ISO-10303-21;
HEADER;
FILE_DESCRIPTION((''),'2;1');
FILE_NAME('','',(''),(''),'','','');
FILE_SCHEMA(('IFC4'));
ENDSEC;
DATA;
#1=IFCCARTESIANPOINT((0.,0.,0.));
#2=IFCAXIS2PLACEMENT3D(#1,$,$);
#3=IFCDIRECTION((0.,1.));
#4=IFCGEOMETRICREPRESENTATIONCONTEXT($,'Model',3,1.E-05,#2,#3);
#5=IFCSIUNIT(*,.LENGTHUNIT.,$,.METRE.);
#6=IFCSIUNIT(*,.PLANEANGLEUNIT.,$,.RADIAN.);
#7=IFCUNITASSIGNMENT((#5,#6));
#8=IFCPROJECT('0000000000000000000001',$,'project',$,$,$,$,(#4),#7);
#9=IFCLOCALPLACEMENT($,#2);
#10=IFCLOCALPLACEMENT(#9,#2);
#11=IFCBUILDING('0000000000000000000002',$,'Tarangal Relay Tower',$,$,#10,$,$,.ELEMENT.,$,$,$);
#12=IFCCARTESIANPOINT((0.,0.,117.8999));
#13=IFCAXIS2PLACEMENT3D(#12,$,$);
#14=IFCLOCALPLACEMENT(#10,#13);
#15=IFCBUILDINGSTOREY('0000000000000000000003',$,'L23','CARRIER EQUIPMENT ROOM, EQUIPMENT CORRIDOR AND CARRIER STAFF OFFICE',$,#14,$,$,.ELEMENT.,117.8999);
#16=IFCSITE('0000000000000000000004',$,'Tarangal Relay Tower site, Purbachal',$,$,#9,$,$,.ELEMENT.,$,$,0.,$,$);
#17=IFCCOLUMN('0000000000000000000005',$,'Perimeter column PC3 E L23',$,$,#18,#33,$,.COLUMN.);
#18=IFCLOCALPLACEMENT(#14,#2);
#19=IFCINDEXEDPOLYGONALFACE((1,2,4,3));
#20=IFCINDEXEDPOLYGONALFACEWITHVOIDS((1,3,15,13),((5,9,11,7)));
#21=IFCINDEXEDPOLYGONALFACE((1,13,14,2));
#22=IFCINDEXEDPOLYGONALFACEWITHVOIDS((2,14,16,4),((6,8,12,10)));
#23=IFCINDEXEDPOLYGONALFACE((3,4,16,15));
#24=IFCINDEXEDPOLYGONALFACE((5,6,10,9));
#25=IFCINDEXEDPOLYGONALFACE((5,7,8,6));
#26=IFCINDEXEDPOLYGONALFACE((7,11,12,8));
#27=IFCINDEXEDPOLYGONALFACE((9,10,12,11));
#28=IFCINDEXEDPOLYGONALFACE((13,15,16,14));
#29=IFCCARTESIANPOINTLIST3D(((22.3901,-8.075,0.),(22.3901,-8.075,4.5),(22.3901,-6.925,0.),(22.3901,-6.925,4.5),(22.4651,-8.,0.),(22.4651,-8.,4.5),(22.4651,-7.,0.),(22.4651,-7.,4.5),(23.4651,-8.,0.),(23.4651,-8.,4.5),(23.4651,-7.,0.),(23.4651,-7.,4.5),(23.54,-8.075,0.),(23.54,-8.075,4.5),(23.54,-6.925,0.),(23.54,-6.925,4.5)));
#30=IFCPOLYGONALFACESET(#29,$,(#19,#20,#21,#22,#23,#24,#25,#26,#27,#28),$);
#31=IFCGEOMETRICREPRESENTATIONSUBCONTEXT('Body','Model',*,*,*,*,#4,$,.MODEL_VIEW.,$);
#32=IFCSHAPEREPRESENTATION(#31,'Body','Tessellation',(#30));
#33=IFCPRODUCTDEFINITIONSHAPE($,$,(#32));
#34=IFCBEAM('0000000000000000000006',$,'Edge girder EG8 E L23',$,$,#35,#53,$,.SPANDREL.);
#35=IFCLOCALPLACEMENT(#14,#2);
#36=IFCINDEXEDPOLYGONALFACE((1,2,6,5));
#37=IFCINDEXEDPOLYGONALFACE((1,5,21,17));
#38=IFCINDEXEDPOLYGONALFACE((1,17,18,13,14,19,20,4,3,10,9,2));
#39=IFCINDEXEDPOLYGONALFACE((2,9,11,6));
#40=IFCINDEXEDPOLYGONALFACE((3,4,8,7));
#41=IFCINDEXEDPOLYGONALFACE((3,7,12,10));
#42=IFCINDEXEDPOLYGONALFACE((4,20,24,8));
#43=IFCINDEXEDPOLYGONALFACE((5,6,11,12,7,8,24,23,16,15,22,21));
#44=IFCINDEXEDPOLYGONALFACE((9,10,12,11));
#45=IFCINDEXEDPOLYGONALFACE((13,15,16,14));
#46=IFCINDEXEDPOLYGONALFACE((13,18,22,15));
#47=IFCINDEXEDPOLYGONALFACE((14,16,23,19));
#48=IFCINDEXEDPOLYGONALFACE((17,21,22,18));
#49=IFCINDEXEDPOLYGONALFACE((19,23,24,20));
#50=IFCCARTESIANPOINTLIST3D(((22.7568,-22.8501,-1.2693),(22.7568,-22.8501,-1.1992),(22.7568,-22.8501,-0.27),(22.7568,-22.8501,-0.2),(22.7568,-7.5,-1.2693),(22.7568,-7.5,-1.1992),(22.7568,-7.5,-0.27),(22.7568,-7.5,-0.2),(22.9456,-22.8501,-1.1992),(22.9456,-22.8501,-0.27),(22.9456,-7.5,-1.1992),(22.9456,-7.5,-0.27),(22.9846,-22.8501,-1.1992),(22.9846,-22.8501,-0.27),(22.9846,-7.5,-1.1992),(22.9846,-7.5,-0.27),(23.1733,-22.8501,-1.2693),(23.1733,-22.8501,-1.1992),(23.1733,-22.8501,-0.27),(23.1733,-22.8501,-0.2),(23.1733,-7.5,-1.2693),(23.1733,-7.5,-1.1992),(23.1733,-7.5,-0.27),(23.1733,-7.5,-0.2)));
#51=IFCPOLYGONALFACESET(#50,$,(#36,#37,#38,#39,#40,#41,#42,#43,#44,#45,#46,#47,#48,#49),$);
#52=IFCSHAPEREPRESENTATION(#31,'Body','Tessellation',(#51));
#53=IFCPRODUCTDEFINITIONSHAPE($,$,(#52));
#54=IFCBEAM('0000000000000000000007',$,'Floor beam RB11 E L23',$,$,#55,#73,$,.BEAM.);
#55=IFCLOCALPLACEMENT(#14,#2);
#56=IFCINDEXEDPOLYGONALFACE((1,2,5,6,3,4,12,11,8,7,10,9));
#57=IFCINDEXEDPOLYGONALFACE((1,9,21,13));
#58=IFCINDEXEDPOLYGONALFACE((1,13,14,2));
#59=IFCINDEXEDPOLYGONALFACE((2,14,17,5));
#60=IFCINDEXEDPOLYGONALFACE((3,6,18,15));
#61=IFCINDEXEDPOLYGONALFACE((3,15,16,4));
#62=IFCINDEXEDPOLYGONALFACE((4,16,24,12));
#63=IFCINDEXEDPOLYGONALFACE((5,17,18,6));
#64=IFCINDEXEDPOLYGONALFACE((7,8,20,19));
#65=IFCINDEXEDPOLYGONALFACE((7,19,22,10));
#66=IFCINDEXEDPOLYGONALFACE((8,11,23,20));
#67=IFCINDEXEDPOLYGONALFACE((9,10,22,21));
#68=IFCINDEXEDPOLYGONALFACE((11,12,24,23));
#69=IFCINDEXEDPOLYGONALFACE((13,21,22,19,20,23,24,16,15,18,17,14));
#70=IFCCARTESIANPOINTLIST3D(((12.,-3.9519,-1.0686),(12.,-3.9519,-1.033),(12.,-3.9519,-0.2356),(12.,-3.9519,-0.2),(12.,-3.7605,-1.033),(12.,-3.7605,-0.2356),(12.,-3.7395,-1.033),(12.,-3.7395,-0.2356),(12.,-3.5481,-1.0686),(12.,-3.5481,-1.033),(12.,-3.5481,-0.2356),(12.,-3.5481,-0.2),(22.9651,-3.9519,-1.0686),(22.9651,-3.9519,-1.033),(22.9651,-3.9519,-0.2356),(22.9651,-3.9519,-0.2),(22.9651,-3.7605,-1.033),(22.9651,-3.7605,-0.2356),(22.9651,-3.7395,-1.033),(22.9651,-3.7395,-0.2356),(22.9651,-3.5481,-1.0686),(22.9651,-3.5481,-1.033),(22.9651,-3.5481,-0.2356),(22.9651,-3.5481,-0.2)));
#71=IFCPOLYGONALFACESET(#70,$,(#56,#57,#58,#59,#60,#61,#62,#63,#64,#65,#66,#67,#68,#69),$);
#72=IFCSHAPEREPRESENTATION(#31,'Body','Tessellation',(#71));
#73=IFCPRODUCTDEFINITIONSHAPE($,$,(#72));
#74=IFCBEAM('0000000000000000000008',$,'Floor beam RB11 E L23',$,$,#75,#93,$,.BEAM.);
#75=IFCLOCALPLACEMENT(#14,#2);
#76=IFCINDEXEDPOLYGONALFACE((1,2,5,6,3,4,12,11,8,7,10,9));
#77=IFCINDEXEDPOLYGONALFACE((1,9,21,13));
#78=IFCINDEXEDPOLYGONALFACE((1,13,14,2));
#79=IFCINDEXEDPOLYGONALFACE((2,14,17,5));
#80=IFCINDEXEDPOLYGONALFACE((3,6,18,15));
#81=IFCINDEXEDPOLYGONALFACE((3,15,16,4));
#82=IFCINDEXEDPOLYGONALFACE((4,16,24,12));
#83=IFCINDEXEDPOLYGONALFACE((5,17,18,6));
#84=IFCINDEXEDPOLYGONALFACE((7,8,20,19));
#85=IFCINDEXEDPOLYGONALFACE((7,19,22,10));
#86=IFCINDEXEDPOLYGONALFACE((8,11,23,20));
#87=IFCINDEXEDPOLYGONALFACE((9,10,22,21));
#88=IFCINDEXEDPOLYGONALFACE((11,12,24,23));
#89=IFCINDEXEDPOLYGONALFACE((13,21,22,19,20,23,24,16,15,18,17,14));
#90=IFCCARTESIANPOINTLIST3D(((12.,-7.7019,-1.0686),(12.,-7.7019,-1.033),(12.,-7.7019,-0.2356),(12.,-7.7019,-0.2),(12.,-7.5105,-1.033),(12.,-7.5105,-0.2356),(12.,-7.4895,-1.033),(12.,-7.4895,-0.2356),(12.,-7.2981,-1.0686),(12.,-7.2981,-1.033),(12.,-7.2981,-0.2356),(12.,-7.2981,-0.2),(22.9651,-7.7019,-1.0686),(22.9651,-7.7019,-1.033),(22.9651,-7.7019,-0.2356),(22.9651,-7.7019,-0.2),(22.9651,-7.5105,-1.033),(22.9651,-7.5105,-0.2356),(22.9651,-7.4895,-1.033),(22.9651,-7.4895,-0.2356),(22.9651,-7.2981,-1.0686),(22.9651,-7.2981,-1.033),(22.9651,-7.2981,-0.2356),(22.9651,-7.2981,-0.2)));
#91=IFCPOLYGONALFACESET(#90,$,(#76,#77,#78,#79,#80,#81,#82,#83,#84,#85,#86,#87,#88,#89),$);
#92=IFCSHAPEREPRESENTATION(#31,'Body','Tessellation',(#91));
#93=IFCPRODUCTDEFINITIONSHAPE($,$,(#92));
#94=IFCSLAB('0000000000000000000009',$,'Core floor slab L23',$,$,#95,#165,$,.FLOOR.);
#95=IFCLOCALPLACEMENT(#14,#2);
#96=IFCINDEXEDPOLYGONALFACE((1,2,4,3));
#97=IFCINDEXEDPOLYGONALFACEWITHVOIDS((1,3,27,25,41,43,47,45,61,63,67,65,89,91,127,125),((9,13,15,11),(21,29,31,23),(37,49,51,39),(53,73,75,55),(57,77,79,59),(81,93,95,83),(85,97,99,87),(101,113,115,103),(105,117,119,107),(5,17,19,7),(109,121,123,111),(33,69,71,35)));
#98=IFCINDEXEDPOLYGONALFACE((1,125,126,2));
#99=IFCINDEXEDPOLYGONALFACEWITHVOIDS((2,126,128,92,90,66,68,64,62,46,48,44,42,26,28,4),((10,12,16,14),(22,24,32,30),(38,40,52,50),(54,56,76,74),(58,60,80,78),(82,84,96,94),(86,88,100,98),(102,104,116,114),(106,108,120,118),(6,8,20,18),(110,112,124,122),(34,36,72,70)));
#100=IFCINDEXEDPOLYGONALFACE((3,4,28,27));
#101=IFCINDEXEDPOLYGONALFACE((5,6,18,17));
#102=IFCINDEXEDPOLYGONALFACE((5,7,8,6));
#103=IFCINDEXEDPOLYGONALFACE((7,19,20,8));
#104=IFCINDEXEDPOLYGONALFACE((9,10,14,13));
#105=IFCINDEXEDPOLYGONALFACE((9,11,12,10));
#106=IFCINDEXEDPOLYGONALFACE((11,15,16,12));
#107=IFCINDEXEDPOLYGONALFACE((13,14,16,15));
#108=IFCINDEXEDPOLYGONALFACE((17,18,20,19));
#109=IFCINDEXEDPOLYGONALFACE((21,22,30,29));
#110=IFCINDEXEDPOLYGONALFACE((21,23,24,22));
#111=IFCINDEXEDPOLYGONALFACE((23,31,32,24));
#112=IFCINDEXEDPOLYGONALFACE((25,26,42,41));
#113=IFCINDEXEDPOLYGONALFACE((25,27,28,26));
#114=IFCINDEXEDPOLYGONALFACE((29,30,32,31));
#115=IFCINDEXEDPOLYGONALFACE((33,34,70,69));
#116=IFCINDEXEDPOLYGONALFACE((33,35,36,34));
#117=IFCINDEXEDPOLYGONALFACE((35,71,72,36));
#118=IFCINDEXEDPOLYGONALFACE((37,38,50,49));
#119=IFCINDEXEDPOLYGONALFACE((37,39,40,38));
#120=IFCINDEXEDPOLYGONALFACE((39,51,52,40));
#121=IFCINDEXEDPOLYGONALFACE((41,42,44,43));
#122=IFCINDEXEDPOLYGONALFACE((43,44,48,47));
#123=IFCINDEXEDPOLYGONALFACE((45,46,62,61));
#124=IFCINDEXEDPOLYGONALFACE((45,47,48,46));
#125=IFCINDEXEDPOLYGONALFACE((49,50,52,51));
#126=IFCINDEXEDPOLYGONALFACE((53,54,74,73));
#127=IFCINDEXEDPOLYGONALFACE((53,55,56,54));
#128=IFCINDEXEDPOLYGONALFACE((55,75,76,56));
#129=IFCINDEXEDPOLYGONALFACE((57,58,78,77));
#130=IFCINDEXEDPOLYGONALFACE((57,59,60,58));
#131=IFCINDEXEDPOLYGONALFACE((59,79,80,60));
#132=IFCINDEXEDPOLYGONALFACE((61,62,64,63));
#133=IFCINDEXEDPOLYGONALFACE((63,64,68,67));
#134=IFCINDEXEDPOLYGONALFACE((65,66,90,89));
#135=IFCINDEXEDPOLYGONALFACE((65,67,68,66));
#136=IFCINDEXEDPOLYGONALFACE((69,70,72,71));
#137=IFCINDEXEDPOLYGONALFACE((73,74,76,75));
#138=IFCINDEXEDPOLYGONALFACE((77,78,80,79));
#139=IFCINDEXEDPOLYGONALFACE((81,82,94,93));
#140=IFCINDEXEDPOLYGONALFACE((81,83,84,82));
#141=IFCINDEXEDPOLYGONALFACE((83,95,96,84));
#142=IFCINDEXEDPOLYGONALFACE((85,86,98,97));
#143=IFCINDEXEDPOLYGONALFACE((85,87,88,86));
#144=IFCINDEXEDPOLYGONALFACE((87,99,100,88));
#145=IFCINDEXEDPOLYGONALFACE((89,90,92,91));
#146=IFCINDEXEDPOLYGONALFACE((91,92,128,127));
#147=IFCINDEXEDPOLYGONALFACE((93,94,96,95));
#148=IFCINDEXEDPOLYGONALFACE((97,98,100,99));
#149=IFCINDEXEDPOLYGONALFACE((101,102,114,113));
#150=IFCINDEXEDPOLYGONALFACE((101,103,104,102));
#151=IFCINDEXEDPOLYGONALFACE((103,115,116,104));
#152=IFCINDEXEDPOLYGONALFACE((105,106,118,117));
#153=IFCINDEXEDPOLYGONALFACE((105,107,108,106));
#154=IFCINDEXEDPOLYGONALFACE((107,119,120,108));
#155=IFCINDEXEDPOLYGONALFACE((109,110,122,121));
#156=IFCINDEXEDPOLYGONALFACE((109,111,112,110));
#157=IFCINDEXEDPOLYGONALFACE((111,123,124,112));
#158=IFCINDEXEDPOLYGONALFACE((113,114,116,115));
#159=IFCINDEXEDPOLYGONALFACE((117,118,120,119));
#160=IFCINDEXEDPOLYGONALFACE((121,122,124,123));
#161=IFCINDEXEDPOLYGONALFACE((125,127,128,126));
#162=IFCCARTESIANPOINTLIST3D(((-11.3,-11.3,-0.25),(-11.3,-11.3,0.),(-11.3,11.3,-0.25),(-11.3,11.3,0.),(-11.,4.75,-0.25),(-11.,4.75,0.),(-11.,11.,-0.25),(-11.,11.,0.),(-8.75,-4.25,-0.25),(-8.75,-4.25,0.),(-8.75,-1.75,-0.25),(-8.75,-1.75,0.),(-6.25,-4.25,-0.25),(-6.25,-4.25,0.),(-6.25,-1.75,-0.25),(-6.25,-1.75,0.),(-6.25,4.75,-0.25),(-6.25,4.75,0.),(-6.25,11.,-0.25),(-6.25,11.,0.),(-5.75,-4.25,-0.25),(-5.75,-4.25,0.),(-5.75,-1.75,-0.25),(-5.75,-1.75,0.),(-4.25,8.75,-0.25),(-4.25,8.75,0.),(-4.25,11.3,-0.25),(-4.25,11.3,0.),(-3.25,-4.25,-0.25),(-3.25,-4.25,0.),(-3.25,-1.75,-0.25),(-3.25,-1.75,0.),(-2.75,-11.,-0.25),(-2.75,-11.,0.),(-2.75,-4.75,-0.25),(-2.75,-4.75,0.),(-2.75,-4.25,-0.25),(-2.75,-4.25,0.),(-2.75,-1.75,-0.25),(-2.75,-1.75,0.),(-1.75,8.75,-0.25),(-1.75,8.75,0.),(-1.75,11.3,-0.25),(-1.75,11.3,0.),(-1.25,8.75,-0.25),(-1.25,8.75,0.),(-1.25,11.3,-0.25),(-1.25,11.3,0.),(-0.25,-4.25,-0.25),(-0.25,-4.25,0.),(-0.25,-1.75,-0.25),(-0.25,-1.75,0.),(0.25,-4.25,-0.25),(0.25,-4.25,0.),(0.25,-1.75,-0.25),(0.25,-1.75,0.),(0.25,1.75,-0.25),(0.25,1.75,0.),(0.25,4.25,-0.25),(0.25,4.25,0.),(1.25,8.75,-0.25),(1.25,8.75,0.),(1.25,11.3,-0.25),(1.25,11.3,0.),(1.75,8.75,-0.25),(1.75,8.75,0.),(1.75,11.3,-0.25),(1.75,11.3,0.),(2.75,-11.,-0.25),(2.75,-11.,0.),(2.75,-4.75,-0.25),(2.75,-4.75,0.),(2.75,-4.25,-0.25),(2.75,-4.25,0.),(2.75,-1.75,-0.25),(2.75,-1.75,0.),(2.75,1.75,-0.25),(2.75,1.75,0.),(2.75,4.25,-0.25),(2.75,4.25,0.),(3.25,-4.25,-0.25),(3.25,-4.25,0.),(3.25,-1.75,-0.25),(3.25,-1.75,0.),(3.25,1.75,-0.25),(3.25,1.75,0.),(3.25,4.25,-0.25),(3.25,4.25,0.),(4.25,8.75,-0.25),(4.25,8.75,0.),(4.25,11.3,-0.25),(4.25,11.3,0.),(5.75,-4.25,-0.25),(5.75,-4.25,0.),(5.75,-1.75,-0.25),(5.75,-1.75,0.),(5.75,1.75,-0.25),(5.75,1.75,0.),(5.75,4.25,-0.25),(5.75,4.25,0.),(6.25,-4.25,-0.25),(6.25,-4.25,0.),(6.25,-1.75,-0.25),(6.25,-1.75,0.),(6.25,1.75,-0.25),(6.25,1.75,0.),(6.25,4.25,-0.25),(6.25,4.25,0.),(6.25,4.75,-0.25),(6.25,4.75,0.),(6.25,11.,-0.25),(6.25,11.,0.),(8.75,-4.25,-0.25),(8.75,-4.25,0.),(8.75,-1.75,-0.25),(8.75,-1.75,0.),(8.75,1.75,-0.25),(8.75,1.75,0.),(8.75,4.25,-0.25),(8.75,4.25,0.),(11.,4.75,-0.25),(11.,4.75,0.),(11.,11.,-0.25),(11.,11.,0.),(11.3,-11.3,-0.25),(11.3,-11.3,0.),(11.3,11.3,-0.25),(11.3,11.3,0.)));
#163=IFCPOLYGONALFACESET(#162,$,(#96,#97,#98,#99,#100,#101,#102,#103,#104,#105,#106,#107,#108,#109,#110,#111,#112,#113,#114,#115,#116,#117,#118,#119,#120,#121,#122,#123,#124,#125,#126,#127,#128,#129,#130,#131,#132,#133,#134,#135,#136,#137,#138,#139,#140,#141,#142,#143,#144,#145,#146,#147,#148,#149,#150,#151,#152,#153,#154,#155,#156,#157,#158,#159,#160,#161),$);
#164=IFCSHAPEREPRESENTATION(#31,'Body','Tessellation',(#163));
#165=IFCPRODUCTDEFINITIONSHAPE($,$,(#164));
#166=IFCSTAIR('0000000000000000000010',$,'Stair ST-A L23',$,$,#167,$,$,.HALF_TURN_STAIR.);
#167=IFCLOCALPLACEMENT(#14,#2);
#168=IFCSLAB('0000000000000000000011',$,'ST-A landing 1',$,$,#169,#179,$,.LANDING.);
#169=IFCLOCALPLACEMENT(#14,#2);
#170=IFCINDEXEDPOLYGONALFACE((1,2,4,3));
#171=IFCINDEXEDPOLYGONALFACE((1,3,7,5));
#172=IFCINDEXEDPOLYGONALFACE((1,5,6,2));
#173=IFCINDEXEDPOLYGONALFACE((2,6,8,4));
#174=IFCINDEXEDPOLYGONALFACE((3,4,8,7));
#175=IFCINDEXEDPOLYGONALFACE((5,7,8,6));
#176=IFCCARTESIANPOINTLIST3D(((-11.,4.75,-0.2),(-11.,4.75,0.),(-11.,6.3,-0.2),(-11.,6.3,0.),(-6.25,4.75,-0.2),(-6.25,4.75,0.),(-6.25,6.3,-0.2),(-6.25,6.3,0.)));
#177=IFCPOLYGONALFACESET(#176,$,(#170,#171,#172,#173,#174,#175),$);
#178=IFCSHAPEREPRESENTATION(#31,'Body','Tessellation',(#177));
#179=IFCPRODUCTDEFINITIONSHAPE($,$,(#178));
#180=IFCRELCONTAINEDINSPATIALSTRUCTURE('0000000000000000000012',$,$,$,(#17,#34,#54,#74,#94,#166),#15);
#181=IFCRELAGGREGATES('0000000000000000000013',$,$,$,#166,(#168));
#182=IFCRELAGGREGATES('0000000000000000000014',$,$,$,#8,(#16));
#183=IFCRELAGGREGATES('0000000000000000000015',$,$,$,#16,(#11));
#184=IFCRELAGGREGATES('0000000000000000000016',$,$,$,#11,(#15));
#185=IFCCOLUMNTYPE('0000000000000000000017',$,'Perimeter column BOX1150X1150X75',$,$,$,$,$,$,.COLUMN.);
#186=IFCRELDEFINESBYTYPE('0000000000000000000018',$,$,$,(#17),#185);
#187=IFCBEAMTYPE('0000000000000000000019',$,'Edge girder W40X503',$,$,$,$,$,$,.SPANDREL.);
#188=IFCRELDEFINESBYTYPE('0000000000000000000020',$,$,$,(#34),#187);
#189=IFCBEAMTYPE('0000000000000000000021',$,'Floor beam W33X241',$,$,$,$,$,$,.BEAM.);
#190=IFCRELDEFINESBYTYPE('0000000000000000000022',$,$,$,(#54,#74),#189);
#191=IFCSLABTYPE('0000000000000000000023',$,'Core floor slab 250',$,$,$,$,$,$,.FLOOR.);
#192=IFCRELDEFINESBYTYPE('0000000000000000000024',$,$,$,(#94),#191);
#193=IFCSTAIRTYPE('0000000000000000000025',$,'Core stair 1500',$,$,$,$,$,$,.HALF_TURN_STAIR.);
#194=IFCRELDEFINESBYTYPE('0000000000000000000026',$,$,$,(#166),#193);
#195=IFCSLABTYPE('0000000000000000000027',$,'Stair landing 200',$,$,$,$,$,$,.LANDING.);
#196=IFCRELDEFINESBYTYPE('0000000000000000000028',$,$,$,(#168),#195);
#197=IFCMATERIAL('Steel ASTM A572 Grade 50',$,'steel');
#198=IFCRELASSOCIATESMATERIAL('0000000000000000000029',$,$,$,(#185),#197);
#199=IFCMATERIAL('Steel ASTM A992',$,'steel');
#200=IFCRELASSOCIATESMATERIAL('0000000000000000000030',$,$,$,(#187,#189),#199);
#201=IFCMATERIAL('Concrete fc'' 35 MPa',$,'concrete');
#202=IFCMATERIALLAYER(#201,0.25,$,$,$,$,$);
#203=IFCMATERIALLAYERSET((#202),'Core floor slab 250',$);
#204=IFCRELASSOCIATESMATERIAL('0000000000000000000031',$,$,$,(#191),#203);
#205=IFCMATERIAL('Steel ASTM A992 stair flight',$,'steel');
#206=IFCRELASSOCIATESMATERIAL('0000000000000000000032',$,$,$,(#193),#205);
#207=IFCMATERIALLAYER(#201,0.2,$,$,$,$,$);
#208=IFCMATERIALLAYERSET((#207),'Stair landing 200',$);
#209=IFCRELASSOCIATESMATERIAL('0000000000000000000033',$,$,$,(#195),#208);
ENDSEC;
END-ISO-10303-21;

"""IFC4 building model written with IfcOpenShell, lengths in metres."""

from ifc_helpers import new_model, si_unit, direction, frame, origin, origin_2d, place, context, subcontext, project, spatial, polyline, hollow_rectangle, i_section, outline, extrude, material, layer, layer_set, material_profile, profile_set, type_object, element, aggregate, save


model = new_model("IFC4")

# Units and contexts
model_context = context("Model", 3, precision=1e-05, world=origin(), true_north=direction((0.0, 1.0)))
body_context = subcontext(model_context, "Body", "Model", "MODEL_VIEW")
ifc_project = project(units=[si_unit("LENGTHUNIT", "METRE"), si_unit("PLANEANGLEUNIT", "RADIAN")], contexts=[model_context])

# Site, building, storey
site_placement = place(None, origin())
site = spatial("IfcSite", under=ifc_project, at=site_placement, Name="Tarangal Relay Tower site, Purbachal", CompositionType="ELEMENT", RefElevation=0.0)
building_placement = place(site_placement, origin())
building = spatial("IfcBuilding", under=site, at=building_placement, Name="Tarangal Relay Tower", CompositionType="ELEMENT")
storey_placement = place(building_placement, frame((0.0, 0.0, 117.8999)))
storey = spatial("IfcBuildingStorey", under=building, at=storey_placement, Name="L23", Description="CARRIER EQUIPMENT ROOM, EQUIPMENT CORRIDOR AND CARRIER STAFF OFFICE", CompositionType="ELEMENT", Elevation=117.8999)

# Column
ifc_material_1 = material(Name="Steel ASTM A572 Grade 50", Category="steel")
ifc_material_profile_1 = material_profile(ifc_material_1, hollow_rectangle(XDim=1.1499, YDim=1.1499, WallThickness=0.075, at=origin_2d()), Name="BOX1150X1150X75")
ifc_profile_set_1 = profile_set([ifc_material_profile_1], Name="Steel ASTM A572 Grade 50")
column_type = type_object("IfcColumnType", Name="Perimeter column BOX1150X1150X75", PredefinedType="COLUMN", material=ifc_profile_set_1)
column_placement = place(storey_placement, frame((22.9651, -7.5, 0.0), z_axis=(0.0, 0.0, 1.0), x_axis=(1.0, 0.0, 0.0)))
element("IfcColumn", 1, at=column_placement, inside=storey, type_object=column_type, Name="Perimeter column PC3 E L23", PredefinedType="COLUMN", context=body_context, shape_type="SweptSolid", body=[
    extrude(hollow_rectangle(XDim=1.1499, YDim=1.1499, WallThickness=0.075, at=origin_2d()), origin(), (0.0, 0.0, 1.0), 4.5),
])

# Beams
ifc_material_2 = material(Name="Steel ASTM A992", Category="steel")
ifc_material_profile_2 = material_profile(ifc_material_2, i_section(OverallWidth=0.4165, OverallDepth=1.0693, WebThickness=0.0391, FlangeThickness=0.0701, at=origin_2d()), Name="W40X503")
ifc_profile_set_2 = profile_set([ifc_material_profile_2], Name="Steel ASTM A992")
beam_type_1 = type_object("IfcBeamType", Name="Edge girder W40X503", PredefinedType="SPANDREL", material=ifc_profile_set_2)
beam_placement = place(storey_placement, frame((22.9651, -7.5, -0.7346), z_axis=(0.0, -1.0, 0.0), x_axis=(1.0, 0.0, 0.0)))
element("IfcBeam", 2, at=beam_placement, inside=storey, type_object=beam_type_1, Name="Edge girder EG8 E L23", PredefinedType="SPANDREL", context=body_context, shape_type="SweptSolid", body=[
    extrude(i_section(OverallWidth=0.4165, OverallDepth=1.0693, WebThickness=0.0391, FlangeThickness=0.0701, at=origin_2d()), origin(), (0.0, 0.0, 1.0), 15.3501),
])
ifc_material_profile_3 = material_profile(ifc_material_2, i_section(OverallWidth=0.4038, OverallDepth=0.8687, WebThickness=0.021, FlangeThickness=0.0356, at=origin_2d()), Name="W33X241")
ifc_profile_set_3 = profile_set([ifc_material_profile_3], Name="Steel ASTM A992")
beam_type_2 = type_object("IfcBeamType", Name="Floor beam W33X241", PredefinedType="BEAM", material=ifc_profile_set_3)
for number, where, z_axis, x_axis, name in (
    (3, (12.0, -3.75, -0.6343), (1.0, 0.0, 0.0), (0.0, 1.0, 0.0), "Floor beam RB11 E L23"),
    (4, (12.0, -7.5, -0.6343), (1.0, 0.0, 0.0), (0.0, 1.0, 0.0), "Floor beam RB11 E L23"),
):
    element("IfcBeam", number, at=place(storey_placement, frame(where, z_axis=z_axis, x_axis=x_axis)), inside=storey, type_object=beam_type_2, Name=name, PredefinedType="BEAM", context=body_context, shape_type="SweptSolid", body=[
        extrude(i_section(OverallWidth=0.4038, OverallDepth=0.8687, WebThickness=0.021, FlangeThickness=0.0356, at=origin_2d()), origin(), (0.0, 0.0, 1.0), 10.9651),
    ])

# Slab
ifc_material_3 = material(Name="Concrete fc' 35 MPa", Category="concrete")
ifc_layer_1 = layer(ifc_material_3, 0.25)
ifc_layer_set_1 = layer_set([ifc_layer_1], Name="Core floor slab 250")
slab_type_1 = type_object("IfcSlabType", Name="Core floor slab 250", PredefinedType="FLOOR", material=ifc_layer_set_1)
slab_1_placement = place(storey_placement, frame((0.0, 0.0, -0.25)))
element("IfcSlab", 5, at=slab_1_placement, inside=storey, type_object=slab_type_1, Name="Core floor slab L23", PredefinedType="FLOOR", context=body_context, shape_type="SweptSolid", body=[
    extrude(outline(polyline([(11.3, 11.3), (11.3, -11.3), (-11.3, -11.3), (-11.3, 11.3), (-4.25, 11.3), (-4.25, 8.75), (-1.75, 8.75), (-1.75, 11.3), (-1.25, 11.3), (-1.25, 8.75), (1.25, 8.75), (1.25, 11.3), (1.75, 11.3), (1.75, 8.75), (4.25, 8.75), (4.25, 11.3), (11.3, 11.3)]), holes=[polyline([(2.75, -4.75), (-2.75, -4.75), (-2.75, -11.0), (2.75, -11.0), (2.75, -4.75)]), polyline([(-6.25, -4.25), (-6.25, -1.75), (-8.75, -1.75), (-8.75, -4.25), (-6.25, -4.25)]), polyline([(-3.25, -4.25), (-3.25, -1.75), (-5.75, -1.75), (-5.75, -4.25), (-3.25, -4.25)]), polyline([(-0.25, -4.25), (-0.25, -1.75), (-2.75, -1.75), (-2.75, -4.25), (-0.25, -4.25)]), polyline([(2.75, 1.75), (2.75, 4.25), (0.25, 4.25), (0.25, 1.75), (2.75, 1.75)]), polyline([(-6.25, 4.75), (-6.25, 11.0), (-11.0, 11.0), (-11.0, 4.75), (-6.25, 4.75)]), polyline([(2.75, -4.25), (2.75, -1.75), (0.25, -1.75), (0.25, -4.25), (2.75, -4.25)]), polyline([(5.75, -4.25), (5.75, -1.75), (3.25, -1.75), (3.25, -4.25), (5.75, -4.25)]), polyline([(8.75, -4.25), (8.75, -1.75), (6.25, -1.75), (6.25, -4.25), (8.75, -4.25)]), polyline([(5.75, 1.75), (5.75, 4.25), (3.25, 4.25), (3.25, 1.75), (5.75, 1.75)]), polyline([(8.75, 1.75), (8.75, 4.25), (6.25, 4.25), (6.25, 1.75), (8.75, 1.75)]), polyline([(11.0, 4.75), (11.0, 11.0), (6.25, 11.0), (6.25, 4.75), (11.0, 4.75)])]), origin(), (0.0, 0.0, 1.0), 0.25),
])

# Stair, slab
ifc_material_4 = material(Name="Steel ASTM A992 stair flight", Category="steel")
stair_type = type_object("IfcStairType", Name="Core stair 1500", PredefinedType="HALF_TURN_STAIR", material=ifc_material_4)
stair_1_placement = place(storey_placement, origin())
stair_1 = element("IfcStair", 6, at=stair_1_placement, inside=storey, type_object=stair_type, Name="Stair ST-A L23", PredefinedType="HALF_TURN_STAIR")
ifc_layer_2 = layer(ifc_material_3, 0.2)
ifc_layer_set_2 = layer_set([ifc_layer_2], Name="Stair landing 200")
slab_type_2 = type_object("IfcSlabType", Name="Stair landing 200", PredefinedType="LANDING", material=ifc_layer_set_2)
slab_2_placement = place(storey_placement, frame((0.0, 0.0, -0.2)))
slab_2 = element("IfcSlab", 7, at=slab_2_placement, type_object=slab_type_2, Name="ST-A landing 1", PredefinedType="LANDING", context=body_context, shape_type="SweptSolid", body=[
    extrude(outline(polyline([(-11.0, 4.75), (-6.25, 4.75), (-6.25, 6.3), (-11.0, 6.3), (-11.0, 4.75)])), origin(), (0.0, 0.0, 1.0), 0.2),
])
aggregate(stair_1, [slab_2])

save(model, "model.ifc")
